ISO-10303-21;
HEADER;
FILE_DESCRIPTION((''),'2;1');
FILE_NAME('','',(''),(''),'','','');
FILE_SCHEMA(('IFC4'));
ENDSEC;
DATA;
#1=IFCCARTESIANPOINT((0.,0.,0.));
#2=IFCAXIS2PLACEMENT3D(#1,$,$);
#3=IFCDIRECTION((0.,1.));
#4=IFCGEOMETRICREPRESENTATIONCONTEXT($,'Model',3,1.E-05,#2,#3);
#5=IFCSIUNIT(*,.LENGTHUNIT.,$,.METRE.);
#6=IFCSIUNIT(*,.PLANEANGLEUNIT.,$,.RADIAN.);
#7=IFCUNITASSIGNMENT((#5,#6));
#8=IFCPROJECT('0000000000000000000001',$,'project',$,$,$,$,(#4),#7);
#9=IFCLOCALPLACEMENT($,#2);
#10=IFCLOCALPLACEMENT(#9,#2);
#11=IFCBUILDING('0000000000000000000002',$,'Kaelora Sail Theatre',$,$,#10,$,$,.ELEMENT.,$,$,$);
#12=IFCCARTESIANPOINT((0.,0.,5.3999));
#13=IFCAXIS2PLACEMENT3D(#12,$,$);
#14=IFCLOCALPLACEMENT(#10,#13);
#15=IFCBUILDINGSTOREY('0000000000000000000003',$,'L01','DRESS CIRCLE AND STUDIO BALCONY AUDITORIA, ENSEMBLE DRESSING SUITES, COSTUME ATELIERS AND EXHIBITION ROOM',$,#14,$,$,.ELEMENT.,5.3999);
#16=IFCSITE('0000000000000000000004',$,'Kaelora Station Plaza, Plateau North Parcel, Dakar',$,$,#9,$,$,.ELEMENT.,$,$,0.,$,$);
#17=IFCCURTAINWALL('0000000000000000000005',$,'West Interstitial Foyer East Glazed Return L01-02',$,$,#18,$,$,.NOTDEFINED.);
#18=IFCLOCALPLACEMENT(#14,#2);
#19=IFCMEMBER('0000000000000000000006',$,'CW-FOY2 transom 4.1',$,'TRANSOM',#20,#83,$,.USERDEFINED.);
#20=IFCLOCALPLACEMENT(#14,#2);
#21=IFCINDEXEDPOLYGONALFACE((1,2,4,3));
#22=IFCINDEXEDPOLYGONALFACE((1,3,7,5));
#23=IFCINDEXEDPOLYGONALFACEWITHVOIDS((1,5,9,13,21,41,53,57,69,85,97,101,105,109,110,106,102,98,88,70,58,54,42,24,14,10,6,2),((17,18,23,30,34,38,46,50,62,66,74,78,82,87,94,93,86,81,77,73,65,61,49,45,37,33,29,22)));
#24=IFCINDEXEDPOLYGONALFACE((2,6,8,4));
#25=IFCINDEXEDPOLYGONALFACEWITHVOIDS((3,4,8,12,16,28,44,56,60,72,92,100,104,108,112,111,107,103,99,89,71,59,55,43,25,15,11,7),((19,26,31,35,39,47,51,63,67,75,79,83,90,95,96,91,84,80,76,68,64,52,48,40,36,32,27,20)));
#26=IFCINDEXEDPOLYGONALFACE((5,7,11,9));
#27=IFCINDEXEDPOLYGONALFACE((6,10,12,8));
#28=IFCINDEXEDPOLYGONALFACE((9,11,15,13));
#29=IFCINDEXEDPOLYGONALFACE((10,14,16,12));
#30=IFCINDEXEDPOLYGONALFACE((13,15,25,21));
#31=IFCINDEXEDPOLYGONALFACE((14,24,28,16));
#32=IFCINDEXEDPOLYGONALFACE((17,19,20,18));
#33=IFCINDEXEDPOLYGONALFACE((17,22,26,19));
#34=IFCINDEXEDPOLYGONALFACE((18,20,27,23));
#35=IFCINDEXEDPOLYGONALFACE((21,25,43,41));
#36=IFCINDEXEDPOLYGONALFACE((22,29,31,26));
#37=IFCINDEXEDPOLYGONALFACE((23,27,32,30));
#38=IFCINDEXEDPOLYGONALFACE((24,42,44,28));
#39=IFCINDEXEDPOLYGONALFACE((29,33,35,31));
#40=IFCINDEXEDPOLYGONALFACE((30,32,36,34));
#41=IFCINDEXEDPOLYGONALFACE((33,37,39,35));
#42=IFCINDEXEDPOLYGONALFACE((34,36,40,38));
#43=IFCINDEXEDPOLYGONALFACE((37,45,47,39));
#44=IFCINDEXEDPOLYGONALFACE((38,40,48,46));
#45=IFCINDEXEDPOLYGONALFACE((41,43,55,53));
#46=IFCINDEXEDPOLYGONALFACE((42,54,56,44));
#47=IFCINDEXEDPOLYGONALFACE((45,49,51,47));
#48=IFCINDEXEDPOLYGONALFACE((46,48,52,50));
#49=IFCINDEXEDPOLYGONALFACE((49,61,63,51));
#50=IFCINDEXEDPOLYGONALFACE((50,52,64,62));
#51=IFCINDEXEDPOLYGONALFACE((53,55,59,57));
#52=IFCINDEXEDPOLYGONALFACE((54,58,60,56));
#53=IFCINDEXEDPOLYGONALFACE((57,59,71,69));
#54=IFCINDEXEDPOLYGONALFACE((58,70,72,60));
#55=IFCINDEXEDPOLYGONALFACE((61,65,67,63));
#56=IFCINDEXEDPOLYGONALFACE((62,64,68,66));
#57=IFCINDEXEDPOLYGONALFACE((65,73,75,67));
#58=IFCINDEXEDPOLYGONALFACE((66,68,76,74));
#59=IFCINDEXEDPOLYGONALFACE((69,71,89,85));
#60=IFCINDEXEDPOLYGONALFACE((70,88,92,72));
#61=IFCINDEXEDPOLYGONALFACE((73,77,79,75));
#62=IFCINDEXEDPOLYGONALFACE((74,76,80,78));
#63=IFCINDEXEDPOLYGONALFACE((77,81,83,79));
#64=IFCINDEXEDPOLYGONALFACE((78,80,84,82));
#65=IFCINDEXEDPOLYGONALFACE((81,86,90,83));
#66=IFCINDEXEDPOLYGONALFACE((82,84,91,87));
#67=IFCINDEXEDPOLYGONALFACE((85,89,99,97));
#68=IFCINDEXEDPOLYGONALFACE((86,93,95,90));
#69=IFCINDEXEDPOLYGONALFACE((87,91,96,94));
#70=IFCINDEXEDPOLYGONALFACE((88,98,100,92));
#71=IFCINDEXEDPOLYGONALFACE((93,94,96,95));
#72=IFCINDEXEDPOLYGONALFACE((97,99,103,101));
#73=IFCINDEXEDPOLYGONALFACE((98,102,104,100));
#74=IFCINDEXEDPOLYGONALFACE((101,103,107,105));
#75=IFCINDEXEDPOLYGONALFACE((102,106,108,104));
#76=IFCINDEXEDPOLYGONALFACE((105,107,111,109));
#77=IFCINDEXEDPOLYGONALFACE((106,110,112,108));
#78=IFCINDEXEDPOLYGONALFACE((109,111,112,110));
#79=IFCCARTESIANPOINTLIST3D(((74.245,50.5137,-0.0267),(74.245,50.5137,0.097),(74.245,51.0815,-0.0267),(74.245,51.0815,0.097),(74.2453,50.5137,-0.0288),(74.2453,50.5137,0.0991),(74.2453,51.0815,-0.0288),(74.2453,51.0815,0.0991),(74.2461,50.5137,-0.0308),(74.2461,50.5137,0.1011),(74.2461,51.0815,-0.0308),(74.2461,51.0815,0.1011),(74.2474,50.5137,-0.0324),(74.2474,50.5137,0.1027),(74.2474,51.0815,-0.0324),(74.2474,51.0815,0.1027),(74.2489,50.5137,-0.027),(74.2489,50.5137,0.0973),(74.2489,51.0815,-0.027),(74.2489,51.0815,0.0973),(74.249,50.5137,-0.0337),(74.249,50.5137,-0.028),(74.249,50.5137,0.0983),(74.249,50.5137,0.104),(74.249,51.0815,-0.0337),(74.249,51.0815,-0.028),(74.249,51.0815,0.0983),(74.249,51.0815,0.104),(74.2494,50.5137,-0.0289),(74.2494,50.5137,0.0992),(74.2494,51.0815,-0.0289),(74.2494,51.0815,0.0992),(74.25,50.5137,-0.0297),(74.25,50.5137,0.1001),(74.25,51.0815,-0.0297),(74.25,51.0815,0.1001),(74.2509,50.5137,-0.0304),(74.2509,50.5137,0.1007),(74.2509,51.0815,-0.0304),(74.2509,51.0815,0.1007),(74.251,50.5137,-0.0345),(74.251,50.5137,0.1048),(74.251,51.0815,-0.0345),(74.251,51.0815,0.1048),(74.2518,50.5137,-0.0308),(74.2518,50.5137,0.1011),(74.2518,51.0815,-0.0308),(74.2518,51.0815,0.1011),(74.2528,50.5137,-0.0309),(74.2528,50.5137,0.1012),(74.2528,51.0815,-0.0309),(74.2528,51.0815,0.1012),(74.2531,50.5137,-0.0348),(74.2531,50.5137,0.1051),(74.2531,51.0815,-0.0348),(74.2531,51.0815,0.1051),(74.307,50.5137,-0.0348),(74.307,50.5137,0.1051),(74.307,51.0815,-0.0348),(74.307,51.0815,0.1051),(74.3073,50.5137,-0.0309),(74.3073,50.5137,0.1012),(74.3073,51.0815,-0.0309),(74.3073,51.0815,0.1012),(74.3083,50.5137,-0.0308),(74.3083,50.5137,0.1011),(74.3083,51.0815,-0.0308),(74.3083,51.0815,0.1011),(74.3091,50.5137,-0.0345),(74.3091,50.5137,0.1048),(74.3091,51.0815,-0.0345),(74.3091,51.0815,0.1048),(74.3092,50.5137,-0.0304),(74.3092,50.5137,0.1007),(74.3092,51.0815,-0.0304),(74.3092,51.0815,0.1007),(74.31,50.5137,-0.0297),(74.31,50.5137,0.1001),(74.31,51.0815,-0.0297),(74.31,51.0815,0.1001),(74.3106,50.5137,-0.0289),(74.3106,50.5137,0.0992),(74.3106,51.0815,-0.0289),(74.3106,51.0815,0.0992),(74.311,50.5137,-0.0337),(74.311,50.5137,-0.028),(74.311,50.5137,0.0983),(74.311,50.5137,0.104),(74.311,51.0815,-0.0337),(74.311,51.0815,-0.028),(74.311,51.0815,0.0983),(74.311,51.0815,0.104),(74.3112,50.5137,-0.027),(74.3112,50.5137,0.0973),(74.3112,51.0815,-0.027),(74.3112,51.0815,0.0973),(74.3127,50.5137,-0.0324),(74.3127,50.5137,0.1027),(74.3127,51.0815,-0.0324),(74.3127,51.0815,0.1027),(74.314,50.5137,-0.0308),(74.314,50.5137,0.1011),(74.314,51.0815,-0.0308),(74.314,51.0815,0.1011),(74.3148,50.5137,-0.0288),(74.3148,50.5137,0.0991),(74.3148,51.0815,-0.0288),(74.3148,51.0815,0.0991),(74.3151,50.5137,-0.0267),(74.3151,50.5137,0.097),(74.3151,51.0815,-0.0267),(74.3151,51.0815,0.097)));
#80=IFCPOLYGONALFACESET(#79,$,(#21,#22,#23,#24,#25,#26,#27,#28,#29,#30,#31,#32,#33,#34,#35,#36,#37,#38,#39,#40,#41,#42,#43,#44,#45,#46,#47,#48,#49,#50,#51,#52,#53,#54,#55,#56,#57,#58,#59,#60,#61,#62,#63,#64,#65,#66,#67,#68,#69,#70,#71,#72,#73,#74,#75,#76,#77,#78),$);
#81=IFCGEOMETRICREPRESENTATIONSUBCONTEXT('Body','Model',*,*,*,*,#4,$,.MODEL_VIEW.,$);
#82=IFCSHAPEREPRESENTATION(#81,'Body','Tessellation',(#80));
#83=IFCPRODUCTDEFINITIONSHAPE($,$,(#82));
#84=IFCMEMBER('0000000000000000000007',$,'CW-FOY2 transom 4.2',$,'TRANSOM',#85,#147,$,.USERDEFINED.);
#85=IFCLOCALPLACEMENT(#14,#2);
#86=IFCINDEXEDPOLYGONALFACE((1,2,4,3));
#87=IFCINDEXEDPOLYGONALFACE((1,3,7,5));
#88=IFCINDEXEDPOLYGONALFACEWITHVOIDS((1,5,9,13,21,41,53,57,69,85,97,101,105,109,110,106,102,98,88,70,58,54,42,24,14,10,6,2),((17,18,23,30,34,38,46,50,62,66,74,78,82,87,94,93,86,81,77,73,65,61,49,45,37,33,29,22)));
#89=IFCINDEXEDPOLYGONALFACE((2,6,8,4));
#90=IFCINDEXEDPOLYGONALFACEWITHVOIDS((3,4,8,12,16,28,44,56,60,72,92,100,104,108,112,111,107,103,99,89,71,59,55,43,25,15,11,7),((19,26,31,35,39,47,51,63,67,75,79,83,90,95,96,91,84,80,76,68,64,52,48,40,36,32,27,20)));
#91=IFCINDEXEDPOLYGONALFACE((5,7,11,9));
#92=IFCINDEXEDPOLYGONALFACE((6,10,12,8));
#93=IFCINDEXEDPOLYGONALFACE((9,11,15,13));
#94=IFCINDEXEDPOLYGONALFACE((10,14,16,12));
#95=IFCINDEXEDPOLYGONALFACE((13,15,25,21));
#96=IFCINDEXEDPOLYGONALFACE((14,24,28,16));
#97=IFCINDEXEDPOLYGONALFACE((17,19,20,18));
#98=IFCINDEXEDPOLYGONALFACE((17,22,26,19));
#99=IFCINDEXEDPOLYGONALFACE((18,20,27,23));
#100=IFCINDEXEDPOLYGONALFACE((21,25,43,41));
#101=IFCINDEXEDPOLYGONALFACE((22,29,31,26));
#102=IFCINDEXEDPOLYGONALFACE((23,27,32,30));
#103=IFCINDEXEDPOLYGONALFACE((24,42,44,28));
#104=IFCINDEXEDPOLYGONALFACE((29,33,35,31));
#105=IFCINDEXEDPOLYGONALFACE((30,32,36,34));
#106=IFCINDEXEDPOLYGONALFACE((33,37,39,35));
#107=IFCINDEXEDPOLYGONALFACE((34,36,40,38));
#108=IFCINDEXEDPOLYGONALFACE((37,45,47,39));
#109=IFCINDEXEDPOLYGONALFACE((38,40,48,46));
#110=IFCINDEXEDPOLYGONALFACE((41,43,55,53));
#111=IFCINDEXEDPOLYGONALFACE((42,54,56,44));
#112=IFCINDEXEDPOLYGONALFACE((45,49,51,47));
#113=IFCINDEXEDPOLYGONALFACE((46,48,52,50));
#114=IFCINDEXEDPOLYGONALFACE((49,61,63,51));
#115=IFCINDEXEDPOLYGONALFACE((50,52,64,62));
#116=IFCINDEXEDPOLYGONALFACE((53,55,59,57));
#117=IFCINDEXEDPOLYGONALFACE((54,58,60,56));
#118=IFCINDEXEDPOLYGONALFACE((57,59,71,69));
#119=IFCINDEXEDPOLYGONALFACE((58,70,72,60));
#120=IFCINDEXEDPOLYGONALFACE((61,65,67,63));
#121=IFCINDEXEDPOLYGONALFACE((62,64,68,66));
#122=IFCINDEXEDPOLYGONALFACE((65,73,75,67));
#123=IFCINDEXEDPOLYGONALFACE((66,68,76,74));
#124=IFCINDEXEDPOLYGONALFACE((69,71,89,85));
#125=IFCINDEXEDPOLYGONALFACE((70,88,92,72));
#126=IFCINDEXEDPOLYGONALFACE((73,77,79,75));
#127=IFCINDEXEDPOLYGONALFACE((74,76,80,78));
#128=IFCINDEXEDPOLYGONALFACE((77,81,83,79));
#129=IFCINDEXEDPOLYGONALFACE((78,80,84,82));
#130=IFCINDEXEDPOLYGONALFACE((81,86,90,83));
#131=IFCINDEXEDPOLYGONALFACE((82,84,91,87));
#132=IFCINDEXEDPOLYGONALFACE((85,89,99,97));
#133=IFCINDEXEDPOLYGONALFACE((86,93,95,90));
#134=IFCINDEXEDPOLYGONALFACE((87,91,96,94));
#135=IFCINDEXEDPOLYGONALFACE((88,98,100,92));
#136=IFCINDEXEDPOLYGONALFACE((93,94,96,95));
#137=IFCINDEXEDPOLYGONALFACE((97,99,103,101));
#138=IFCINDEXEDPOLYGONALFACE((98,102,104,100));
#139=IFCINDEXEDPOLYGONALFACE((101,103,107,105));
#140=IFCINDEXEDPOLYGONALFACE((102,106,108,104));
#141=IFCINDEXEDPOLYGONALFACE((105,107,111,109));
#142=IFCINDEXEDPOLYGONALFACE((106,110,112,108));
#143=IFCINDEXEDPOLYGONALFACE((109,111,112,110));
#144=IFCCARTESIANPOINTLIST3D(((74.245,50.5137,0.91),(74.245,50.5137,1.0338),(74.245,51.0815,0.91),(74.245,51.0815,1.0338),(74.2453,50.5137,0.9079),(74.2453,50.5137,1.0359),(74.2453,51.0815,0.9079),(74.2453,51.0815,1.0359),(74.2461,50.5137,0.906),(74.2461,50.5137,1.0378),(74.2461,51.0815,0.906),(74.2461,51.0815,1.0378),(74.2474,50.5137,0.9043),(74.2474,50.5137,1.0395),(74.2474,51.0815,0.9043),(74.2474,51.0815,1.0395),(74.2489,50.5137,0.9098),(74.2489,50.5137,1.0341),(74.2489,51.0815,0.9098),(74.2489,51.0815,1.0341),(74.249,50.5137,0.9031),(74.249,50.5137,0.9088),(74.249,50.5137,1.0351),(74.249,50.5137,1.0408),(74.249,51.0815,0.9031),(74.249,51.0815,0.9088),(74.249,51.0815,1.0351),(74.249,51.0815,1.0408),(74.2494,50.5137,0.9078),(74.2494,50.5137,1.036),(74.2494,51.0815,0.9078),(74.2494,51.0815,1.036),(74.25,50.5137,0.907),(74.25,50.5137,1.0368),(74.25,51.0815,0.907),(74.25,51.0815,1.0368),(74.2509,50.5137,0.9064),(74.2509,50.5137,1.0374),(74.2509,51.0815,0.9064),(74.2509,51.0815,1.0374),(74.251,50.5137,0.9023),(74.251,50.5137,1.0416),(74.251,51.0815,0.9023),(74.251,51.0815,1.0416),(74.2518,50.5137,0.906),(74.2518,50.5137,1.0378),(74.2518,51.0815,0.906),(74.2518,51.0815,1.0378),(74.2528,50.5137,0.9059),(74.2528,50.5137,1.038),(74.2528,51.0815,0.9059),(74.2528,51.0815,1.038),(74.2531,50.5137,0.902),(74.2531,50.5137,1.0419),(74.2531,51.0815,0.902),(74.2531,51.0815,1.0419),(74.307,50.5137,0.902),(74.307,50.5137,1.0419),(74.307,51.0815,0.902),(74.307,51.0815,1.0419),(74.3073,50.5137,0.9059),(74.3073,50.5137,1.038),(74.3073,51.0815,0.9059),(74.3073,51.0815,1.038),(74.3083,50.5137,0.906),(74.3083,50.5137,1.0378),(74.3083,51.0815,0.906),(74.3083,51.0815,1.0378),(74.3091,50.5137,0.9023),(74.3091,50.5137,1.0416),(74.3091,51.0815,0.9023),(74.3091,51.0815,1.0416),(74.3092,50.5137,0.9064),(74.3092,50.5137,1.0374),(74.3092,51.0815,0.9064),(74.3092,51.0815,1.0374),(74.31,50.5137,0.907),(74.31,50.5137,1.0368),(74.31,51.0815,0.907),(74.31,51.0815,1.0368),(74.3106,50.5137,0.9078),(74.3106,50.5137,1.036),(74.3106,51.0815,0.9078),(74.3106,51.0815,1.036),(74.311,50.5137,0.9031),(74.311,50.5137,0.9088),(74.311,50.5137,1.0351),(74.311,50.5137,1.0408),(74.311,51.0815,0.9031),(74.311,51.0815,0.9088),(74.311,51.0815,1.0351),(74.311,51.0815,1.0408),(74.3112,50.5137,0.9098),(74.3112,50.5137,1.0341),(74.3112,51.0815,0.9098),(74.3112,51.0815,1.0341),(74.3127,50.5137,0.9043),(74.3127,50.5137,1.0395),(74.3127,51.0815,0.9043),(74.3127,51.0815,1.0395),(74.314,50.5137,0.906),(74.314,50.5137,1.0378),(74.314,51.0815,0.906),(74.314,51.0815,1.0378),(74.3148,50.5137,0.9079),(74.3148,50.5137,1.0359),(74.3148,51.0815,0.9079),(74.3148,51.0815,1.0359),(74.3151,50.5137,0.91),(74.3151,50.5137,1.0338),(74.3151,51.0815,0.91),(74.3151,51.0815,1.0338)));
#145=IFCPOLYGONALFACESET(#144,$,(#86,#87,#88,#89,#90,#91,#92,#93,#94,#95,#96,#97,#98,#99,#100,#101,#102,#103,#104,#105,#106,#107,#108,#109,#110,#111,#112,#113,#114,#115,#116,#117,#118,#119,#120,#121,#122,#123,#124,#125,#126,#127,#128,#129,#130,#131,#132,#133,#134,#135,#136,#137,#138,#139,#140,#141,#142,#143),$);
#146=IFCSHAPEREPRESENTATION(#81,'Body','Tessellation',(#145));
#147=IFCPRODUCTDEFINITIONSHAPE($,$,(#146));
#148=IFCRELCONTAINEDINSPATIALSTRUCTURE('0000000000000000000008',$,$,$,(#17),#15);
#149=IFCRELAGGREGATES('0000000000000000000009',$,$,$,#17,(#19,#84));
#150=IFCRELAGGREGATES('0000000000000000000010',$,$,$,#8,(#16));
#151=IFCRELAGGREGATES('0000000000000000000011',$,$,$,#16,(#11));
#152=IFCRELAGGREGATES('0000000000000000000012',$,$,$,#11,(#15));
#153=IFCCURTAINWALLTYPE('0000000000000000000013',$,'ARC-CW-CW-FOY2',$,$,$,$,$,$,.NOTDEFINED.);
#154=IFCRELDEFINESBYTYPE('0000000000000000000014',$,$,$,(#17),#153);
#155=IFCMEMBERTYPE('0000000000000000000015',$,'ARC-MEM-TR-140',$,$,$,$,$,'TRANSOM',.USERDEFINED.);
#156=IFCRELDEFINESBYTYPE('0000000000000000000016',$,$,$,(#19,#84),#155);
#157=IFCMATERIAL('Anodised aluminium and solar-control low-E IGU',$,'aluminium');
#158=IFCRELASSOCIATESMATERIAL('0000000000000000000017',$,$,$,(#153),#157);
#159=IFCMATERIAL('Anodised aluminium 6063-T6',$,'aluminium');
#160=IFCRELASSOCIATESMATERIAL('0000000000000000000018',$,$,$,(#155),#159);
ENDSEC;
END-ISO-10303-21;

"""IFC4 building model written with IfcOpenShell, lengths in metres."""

from ifc_helpers import new_model, si_unit, direction, frame, origin, origin_2d, place, context, subcontext, project, spatial, hollow_rectangle, extrude, material, material_profile, profile_set, type_object, element, aggregate, save


model = new_model("IFC4")

# Units and contexts
model_context = context("Model", 3, precision=1e-05, world=origin(), true_north=direction((0.0, 1.0)))
body_context = subcontext(model_context, "Body", "Model", "MODEL_VIEW")
ifc_project = project(units=[si_unit("LENGTHUNIT", "METRE"), si_unit("PLANEANGLEUNIT", "RADIAN")], contexts=[model_context])

# Site, building, storey
site_placement = place(None, origin())
site = spatial("IfcSite", under=ifc_project, at=site_placement, Name="Kaelora Station Plaza, Plateau North Parcel, Dakar", CompositionType="ELEMENT", RefElevation=0.0)
building_placement = place(site_placement, origin())
building = spatial("IfcBuilding", under=site, at=building_placement, Name="Kaelora Sail Theatre", CompositionType="ELEMENT")
storey_placement = place(building_placement, frame((0.0, 0.0, 5.3999)))
storey = spatial("IfcBuildingStorey", under=building, at=storey_placement, Name="L01", Description="DRESS CIRCLE AND STUDIO BALCONY AUDITORIA, ENSEMBLE DRESSING SUITES, COSTUME ATELIERS AND EXHIBITION ROOM", CompositionType="ELEMENT", Elevation=5.3999)

# Shared definitions
ifc_material_1 = material(Name="Anodised aluminium and solar-control low-E IGU", Category="aluminium")
curtain_wall_type = type_object("IfcCurtainWallType", Name="ARC-CW-CW-FOY2", PredefinedType="NOTDEFINED", material=ifc_material_1)

# Curtain wall, members
curtain_wall_1_placement = place(storey_placement, origin())
curtain_wall_1 = element("IfcCurtainWall", 1, at=curtain_wall_1_placement, inside=storey, type_object=curtain_wall_type, Name="West Interstitial Foyer East Glazed Return L01-02", PredefinedType="NOTDEFINED")
ifc_material_2 = material(Name="Anodised aluminium 6063-T6", Category="aluminium")
ifc_material_profile_1 = material_profile(ifc_material_2, hollow_rectangle(XDim=0.0701, YDim=0.1399, WallThickness=0.0039, InnerFilletRadius=0.0039, OuterFilletRadius=0.0081, at=origin_2d()), Name="ALU-TRAN 70x140x4")
ifc_profile_set_1 = profile_set([ifc_material_profile_1], Name="Anodised aluminium 6063-T6")
member_type_1 = type_object("IfcMemberType", Name="ARC-MEM-TR-140", ElementType="TRANSOM", PredefinedType="USERDEFINED", material=ifc_profile_set_1)
member_1_placement = place(storey_placement, frame((74.28, 50.5137, 0.0352), z_axis=(0.0, 1.0, 0.0), x_axis=(-1.0, 0.0, 0.0)))
member_1 = element("IfcMember", 2, at=member_1_placement, type_object=member_type_1, Name="CW-FOY2 transom 4.1", ObjectType="TRANSOM", PredefinedType="USERDEFINED", context=body_context, shape_type="SweptSolid", body=[
    extrude(hollow_rectangle(XDim=0.0701, YDim=0.1399, WallThickness=0.0039, InnerFilletRadius=0.0039, OuterFilletRadius=0.0081, at=origin_2d()), origin(), (0.0, 0.0, 1.0), 0.5679),
])
member_2_placement = place(storey_placement, frame((74.28, 50.5137, 0.9719), z_axis=(0.0, 1.0, 0.0), x_axis=(-1.0, 0.0, 0.0)))
member_2 = element("IfcMember", 3, at=member_2_placement, type_object=member_type_1, Name="CW-FOY2 transom 4.2", ObjectType="TRANSOM", PredefinedType="USERDEFINED", context=body_context, shape_type="SweptSolid", body=[
    extrude(hollow_rectangle(XDim=0.0701, YDim=0.1399, WallThickness=0.0039, InnerFilletRadius=0.0039, OuterFilletRadius=0.0081, at=origin_2d()), origin(), (0.0, 0.0, 1.0), 0.5679),
])
aggregate(curtain_wall_1, [member_1, member_2])

save(model, "model.ifc")
